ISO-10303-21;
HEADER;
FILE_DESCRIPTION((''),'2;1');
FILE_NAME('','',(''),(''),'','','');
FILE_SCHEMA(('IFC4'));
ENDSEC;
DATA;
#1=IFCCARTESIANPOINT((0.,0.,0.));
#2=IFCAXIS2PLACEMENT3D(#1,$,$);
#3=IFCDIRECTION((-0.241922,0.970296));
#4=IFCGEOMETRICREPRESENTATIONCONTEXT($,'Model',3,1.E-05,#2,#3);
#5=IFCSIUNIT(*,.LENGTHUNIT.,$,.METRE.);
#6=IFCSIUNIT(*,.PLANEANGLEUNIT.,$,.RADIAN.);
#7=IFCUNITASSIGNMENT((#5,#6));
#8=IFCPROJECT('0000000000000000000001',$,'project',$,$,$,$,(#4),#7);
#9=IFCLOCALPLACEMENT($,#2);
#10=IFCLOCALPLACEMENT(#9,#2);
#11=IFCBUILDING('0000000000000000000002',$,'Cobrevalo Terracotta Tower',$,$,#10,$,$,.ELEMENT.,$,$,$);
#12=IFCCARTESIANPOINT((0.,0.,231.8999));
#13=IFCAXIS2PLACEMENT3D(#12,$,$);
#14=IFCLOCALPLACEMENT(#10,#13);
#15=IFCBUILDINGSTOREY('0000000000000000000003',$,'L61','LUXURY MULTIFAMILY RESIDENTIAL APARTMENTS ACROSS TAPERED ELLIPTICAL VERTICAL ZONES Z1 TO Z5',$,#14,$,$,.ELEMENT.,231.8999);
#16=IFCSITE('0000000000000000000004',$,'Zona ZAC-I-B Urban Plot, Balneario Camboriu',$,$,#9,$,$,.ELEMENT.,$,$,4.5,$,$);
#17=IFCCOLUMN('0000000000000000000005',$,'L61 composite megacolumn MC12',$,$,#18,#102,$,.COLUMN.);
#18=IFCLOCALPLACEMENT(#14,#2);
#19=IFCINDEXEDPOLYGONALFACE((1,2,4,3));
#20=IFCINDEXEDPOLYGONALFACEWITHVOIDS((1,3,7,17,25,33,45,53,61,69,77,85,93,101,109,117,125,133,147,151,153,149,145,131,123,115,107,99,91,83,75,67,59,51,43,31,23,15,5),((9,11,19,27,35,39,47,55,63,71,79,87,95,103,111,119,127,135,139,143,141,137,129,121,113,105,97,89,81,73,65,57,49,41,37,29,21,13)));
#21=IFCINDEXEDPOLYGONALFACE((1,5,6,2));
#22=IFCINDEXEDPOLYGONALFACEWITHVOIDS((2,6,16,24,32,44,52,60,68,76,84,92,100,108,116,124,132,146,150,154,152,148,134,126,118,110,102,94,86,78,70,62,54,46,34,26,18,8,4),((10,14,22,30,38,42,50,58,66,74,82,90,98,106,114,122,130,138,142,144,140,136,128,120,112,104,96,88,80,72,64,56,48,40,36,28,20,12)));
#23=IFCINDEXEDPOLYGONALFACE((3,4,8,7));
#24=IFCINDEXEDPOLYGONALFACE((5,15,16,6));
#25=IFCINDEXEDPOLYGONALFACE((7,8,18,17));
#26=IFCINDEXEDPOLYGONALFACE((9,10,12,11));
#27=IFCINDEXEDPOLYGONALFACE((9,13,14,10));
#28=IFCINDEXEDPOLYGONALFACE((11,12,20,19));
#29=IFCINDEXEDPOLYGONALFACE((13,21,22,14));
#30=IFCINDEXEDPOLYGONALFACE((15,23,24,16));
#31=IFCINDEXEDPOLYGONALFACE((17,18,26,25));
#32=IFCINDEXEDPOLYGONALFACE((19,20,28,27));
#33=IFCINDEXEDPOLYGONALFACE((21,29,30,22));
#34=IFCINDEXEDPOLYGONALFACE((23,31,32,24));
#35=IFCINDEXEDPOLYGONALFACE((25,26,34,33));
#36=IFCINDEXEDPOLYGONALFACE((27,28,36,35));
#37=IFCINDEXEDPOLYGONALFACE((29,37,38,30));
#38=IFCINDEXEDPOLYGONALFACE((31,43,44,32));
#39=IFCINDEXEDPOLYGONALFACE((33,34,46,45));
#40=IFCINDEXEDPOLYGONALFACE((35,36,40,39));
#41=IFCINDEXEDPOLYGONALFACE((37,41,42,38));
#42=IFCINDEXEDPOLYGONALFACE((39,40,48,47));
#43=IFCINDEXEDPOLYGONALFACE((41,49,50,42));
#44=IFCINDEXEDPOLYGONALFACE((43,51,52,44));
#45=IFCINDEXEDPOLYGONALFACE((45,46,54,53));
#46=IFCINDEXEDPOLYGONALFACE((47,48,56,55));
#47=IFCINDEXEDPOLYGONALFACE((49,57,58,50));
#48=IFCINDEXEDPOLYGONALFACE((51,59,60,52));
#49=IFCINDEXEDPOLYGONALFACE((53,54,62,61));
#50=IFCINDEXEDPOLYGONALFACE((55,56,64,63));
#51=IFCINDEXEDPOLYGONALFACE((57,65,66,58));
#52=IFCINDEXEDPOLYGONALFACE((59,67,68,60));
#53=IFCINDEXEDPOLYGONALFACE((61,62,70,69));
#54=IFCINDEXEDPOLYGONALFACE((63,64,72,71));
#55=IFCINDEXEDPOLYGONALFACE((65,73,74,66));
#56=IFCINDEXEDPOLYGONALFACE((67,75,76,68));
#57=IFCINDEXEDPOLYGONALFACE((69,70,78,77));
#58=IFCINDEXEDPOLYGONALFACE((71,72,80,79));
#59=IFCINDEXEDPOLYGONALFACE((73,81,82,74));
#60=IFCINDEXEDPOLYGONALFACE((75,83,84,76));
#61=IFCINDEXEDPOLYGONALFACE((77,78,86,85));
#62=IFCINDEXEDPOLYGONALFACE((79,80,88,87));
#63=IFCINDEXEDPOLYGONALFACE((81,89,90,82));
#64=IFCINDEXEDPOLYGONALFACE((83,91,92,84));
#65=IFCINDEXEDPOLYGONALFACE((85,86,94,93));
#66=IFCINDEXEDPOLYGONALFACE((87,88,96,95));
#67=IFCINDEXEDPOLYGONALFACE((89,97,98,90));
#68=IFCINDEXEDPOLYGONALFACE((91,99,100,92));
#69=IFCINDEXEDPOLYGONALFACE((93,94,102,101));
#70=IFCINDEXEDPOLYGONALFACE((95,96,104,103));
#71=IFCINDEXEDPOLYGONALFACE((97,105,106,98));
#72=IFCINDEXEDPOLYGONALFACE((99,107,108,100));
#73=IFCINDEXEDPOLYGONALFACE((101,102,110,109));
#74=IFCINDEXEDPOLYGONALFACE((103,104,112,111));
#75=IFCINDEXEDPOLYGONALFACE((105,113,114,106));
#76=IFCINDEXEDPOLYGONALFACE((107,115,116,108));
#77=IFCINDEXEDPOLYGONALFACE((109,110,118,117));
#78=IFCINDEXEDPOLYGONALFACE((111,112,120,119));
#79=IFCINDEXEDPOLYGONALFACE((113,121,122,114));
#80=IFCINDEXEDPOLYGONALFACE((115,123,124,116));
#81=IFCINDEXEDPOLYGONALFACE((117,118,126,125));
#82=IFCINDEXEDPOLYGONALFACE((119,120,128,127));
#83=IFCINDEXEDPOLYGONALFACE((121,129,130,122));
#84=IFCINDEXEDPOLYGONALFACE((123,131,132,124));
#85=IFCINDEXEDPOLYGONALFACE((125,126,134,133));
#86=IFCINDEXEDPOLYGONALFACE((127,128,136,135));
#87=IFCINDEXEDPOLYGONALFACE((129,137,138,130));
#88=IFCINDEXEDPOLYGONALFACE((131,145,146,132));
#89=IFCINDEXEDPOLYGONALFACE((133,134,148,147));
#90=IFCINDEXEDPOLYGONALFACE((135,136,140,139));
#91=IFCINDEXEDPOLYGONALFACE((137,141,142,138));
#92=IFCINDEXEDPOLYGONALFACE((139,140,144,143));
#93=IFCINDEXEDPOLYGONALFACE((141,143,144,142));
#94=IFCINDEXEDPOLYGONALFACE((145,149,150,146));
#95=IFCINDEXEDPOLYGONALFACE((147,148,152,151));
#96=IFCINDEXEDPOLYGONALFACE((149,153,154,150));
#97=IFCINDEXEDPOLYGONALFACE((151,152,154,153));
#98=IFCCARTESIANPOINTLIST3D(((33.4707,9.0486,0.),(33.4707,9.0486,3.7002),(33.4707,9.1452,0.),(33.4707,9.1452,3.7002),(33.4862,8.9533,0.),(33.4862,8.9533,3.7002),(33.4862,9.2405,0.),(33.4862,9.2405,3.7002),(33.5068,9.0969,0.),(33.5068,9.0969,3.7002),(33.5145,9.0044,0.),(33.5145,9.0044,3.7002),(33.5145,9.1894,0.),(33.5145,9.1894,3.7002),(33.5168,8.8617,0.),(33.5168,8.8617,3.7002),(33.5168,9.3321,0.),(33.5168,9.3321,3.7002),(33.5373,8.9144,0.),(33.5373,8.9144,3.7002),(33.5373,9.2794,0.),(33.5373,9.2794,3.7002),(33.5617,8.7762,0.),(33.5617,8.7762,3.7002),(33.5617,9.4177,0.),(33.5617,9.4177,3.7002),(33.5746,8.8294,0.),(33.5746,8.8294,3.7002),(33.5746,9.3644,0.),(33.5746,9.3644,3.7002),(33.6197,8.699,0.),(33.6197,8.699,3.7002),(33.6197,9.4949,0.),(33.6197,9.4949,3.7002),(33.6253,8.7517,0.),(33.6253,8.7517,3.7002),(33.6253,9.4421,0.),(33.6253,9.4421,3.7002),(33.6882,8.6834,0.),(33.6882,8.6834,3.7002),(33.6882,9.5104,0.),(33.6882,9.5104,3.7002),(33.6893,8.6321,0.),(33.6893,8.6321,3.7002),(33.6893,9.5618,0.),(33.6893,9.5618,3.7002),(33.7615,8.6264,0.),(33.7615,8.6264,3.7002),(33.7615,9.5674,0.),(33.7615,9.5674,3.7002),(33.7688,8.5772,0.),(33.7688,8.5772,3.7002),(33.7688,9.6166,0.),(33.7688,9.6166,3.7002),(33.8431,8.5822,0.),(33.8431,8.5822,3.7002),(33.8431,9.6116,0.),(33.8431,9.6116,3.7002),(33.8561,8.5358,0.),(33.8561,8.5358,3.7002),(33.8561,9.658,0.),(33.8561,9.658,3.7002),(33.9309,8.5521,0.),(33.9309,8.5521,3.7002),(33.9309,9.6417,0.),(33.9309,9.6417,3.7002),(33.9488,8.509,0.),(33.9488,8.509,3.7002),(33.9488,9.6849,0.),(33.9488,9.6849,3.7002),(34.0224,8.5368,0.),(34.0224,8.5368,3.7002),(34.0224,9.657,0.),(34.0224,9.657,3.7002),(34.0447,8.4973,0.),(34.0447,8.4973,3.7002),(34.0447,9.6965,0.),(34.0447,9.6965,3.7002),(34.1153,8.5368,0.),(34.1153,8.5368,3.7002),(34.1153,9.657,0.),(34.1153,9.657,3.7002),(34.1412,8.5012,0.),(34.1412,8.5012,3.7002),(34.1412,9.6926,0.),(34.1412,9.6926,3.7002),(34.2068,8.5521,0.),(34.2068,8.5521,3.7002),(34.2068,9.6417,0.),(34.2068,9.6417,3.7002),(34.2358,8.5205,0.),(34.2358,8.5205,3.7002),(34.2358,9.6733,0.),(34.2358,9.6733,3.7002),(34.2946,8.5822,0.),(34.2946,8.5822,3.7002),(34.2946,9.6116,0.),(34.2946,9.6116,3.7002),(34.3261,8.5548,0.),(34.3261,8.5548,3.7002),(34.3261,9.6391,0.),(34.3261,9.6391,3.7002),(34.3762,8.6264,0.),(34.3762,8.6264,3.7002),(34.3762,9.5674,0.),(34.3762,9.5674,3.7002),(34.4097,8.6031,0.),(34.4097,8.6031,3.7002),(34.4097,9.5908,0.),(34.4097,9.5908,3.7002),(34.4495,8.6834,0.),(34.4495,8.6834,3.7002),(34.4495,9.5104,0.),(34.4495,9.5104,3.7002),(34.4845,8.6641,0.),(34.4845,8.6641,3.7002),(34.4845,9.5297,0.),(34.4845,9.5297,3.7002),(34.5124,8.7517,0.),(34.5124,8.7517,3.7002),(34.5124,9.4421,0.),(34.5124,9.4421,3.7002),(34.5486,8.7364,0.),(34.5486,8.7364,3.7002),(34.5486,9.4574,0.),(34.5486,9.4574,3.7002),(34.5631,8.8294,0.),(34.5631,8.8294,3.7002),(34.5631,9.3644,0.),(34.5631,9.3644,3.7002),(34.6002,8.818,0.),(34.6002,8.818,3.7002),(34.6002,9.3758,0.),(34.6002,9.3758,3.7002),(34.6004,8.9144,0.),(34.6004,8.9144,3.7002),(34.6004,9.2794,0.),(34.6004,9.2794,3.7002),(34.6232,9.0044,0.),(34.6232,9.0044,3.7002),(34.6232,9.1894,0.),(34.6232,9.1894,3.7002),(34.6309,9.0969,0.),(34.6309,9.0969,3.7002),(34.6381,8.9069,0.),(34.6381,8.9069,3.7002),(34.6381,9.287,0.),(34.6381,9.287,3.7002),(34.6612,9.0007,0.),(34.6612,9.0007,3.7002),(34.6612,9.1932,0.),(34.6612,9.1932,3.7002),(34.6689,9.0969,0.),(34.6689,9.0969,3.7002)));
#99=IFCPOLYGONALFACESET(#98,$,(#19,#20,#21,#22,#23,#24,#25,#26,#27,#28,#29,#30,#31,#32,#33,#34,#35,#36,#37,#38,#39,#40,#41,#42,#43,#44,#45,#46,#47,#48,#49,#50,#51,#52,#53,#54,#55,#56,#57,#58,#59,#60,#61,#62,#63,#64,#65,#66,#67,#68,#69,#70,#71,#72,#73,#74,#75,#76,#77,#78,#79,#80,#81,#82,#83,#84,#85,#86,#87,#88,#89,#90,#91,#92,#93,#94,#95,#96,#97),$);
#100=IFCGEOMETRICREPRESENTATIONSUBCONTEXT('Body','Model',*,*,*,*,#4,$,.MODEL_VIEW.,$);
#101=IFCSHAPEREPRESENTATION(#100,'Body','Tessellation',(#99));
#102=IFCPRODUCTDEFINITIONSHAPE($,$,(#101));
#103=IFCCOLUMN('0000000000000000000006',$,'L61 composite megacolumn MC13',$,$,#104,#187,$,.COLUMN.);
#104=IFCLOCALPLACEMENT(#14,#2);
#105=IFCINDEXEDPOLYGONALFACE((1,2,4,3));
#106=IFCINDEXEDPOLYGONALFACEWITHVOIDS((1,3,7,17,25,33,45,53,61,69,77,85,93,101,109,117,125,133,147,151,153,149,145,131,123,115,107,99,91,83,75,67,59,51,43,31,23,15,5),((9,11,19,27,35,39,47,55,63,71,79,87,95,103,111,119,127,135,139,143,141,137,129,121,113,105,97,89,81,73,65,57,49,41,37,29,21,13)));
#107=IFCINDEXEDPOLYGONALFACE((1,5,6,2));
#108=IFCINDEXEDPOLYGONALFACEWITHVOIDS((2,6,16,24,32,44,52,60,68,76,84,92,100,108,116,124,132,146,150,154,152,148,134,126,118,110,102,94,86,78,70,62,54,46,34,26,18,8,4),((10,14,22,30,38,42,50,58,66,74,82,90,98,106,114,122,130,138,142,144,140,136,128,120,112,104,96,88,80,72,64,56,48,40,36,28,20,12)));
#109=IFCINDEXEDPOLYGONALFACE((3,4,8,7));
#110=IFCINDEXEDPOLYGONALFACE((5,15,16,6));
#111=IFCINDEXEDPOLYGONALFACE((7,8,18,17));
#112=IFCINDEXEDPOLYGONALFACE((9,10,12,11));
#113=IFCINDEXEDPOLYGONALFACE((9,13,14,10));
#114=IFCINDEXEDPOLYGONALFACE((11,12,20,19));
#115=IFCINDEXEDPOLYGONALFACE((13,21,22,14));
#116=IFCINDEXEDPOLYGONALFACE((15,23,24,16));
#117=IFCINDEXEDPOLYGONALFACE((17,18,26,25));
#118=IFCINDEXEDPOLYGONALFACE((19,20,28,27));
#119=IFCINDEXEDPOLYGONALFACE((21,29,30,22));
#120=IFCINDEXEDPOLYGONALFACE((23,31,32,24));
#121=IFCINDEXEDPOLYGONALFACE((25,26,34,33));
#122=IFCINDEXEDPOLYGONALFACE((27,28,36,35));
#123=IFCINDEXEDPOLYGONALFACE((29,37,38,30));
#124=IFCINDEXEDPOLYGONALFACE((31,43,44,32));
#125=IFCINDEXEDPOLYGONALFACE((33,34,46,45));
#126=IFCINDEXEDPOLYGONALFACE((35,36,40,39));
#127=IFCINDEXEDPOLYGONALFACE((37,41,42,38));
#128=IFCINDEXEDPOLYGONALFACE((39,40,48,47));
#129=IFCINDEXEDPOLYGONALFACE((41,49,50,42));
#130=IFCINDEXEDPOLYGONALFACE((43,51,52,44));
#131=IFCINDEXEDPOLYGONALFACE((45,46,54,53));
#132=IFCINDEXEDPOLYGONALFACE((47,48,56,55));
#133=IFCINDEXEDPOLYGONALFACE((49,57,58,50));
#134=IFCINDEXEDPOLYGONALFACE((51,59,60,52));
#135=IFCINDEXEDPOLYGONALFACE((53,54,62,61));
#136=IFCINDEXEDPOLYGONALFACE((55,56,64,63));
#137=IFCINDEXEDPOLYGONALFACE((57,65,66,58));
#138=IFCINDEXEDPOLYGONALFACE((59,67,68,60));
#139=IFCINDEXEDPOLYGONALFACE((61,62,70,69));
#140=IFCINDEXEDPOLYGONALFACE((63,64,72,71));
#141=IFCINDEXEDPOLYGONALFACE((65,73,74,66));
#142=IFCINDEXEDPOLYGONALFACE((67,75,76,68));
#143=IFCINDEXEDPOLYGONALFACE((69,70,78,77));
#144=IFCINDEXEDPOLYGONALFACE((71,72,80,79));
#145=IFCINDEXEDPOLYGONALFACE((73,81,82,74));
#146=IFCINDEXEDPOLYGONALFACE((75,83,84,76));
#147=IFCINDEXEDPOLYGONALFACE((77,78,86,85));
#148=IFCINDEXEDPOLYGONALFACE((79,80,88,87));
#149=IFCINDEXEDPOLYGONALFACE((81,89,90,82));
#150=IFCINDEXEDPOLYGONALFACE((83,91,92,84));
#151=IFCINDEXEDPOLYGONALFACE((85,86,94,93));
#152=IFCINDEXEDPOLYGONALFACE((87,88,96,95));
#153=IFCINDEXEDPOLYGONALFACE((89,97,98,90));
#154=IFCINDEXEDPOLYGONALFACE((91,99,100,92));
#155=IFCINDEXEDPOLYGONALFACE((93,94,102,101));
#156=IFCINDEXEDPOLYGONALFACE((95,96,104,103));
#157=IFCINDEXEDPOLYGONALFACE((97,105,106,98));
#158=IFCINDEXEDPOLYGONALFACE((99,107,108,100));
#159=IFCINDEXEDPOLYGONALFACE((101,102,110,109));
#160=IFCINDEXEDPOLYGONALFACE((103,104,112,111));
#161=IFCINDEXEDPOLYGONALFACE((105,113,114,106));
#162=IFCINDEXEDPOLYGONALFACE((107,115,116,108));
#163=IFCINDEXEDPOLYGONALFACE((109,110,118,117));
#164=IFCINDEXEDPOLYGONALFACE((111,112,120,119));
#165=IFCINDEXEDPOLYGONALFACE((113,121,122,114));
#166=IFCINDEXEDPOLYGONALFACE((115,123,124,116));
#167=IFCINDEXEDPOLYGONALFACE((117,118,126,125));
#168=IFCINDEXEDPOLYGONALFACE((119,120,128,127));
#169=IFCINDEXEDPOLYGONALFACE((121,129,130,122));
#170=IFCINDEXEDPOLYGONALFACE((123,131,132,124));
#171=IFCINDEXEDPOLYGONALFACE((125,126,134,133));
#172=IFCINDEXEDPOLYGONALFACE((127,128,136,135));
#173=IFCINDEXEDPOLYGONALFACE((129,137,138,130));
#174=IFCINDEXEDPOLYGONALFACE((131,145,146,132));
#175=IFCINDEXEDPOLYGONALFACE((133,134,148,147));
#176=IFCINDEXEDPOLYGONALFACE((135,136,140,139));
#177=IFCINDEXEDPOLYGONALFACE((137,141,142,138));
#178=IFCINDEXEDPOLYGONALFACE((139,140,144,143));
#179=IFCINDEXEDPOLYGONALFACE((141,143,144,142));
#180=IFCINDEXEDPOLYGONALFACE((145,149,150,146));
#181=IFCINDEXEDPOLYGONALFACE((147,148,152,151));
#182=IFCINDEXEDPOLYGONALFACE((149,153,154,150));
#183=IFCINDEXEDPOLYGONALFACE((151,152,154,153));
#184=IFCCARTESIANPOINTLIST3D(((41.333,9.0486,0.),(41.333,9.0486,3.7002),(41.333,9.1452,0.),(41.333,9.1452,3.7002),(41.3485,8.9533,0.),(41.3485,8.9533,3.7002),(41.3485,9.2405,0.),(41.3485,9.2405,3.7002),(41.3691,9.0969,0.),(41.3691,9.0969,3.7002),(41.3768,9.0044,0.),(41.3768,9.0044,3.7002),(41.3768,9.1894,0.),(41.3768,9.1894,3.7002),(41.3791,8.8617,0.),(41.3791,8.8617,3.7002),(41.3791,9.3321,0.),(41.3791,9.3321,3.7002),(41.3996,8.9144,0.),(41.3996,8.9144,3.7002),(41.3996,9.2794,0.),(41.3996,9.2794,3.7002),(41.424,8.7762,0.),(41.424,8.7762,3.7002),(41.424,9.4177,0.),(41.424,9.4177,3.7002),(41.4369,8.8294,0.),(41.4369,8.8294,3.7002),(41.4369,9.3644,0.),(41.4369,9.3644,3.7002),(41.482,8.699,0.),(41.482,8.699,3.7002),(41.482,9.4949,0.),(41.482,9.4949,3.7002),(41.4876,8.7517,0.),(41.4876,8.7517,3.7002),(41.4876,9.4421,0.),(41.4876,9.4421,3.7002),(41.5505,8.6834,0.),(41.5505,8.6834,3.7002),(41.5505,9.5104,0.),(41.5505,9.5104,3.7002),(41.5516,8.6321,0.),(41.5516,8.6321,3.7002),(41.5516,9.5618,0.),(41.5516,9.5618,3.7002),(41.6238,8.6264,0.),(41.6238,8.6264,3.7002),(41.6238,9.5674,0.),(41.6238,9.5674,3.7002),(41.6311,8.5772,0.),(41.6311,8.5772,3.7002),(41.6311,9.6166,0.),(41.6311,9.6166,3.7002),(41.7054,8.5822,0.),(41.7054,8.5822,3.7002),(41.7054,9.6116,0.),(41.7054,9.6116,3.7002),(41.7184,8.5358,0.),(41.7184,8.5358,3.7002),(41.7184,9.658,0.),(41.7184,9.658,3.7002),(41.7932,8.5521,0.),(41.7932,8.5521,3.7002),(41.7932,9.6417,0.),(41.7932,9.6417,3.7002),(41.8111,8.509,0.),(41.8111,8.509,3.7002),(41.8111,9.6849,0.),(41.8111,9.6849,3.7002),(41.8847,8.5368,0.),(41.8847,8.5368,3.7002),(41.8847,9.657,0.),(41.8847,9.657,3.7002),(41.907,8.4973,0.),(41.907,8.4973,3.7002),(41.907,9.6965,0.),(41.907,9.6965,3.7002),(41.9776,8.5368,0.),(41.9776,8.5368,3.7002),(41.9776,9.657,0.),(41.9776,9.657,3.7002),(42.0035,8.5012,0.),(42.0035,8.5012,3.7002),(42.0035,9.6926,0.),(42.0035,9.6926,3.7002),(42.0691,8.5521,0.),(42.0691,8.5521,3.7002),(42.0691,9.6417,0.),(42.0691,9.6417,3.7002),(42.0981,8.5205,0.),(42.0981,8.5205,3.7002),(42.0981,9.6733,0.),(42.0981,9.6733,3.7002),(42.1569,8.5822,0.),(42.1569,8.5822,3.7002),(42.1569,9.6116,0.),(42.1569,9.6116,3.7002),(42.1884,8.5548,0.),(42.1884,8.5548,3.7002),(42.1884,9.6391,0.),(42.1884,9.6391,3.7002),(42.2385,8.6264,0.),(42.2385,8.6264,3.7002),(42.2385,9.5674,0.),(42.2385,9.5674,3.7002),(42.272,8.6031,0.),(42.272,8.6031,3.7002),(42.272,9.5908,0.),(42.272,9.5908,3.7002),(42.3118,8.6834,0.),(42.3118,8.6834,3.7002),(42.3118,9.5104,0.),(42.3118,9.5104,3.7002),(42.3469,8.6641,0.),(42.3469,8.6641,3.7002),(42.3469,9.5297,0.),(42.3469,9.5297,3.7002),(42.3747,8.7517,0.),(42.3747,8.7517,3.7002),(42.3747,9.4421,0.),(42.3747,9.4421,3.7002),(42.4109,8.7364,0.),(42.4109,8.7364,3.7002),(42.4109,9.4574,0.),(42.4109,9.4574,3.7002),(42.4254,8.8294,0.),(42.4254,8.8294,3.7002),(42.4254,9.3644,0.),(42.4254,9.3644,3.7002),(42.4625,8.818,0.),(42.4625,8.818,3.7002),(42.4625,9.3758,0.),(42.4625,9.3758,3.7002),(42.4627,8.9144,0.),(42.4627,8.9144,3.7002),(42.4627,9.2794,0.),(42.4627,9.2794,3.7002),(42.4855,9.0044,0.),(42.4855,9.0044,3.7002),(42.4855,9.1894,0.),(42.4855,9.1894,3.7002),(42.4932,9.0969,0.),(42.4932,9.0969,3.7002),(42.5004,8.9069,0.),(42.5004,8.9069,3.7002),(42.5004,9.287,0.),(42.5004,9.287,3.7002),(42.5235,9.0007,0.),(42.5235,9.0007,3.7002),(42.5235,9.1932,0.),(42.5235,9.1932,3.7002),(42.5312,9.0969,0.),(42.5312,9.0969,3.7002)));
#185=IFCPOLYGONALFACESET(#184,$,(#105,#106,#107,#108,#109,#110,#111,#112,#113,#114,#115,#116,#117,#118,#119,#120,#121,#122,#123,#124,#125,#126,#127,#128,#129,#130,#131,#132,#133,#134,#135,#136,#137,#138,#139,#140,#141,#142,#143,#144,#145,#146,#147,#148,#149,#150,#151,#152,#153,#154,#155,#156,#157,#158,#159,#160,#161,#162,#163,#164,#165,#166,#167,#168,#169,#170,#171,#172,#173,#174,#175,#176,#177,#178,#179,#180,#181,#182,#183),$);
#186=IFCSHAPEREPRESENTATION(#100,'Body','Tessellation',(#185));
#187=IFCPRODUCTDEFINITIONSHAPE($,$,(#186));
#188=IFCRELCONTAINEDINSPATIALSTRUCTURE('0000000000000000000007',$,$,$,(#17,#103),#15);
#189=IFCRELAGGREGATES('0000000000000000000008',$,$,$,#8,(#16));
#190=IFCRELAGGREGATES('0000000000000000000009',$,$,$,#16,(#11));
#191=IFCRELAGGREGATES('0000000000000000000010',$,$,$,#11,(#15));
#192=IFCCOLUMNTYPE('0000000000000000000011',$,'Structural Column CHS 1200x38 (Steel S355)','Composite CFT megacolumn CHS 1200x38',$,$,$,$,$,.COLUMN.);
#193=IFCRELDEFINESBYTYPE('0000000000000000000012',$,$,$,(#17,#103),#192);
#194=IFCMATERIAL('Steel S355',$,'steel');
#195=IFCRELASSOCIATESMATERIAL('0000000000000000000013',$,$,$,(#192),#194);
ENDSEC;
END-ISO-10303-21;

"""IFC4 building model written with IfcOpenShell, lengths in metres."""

from ifc_helpers import new_model, si_unit, direction, frame, origin, origin_2d, place, context, subcontext, project, spatial, hollow_circle, extrude, material, material_profile, profile_set, type_object, element, save


model = new_model("IFC4")

# Units and contexts
model_context = context("Model", 3, precision=1e-05, world=origin(), true_north=direction((-0.241922, 0.970296)))
body_context = subcontext(model_context, "Body", "Model", "MODEL_VIEW")
ifc_project = project(units=[si_unit("LENGTHUNIT", "METRE"), si_unit("PLANEANGLEUNIT", "RADIAN")], contexts=[model_context])

# Site, building, storey
site_placement = place(None, origin())
site = spatial("IfcSite", under=ifc_project, at=site_placement, Name="Zona ZAC-I-B Urban Plot, Balneario Camboriu", CompositionType="ELEMENT", RefElevation=4.5)
building_placement = place(site_placement, origin())
building = spatial("IfcBuilding", under=site, at=building_placement, Name="Cobrevalo Terracotta Tower", CompositionType="ELEMENT")
storey_placement = place(building_placement, frame((0.0, 0.0, 231.8999)))
storey = spatial("IfcBuildingStorey", under=building, at=storey_placement, Name="L61", Description="LUXURY MULTIFAMILY RESIDENTIAL APARTMENTS ACROSS TAPERED ELLIPTICAL VERTICAL ZONES Z1 TO Z5", CompositionType="ELEMENT", Elevation=231.8999)

# Columns
ifc_material_1 = material(Name="Steel S355", Category="steel")
ifc_material_profile_1 = material_profile(ifc_material_1, hollow_circle(Radius=0.6001, WallThickness=0.0381, at=origin_2d()), Name="CHS 1200x38")
ifc_profile_set_1 = profile_set([ifc_material_profile_1], Name="Steel S355")
column_type = type_object("IfcColumnType", Name="Structural Column CHS 1200x38 (Steel S355)", Description="Composite CFT megacolumn CHS 1200x38", PredefinedType="COLUMN", material=ifc_profile_set_1)
for number, where, z_axis, x_axis, name in (
    (1, (34.0688, 9.0969, 0.0), (0.0, 0.0, 1.0), (1.0, 0.0, 0.0), "L61 composite megacolumn MC12"),
    (2, (41.9312, 9.0969, 0.0), (0.0, 0.0, 1.0), (1.0, 0.0, 0.0), "L61 composite megacolumn MC13"),
):
    element("IfcColumn", number, at=place(storey_placement, frame(where, z_axis=z_axis, x_axis=x_axis)), inside=storey, type_object=column_type, Name=name, PredefinedType="COLUMN", context=body_context, shape_type="SweptSolid", body=[
        extrude(hollow_circle(Radius=0.6001, WallThickness=0.0381, at=origin_2d()), origin(), (0.0, 0.0, 1.0), 3.7002),
    ])

save(model, "model.ifc")
